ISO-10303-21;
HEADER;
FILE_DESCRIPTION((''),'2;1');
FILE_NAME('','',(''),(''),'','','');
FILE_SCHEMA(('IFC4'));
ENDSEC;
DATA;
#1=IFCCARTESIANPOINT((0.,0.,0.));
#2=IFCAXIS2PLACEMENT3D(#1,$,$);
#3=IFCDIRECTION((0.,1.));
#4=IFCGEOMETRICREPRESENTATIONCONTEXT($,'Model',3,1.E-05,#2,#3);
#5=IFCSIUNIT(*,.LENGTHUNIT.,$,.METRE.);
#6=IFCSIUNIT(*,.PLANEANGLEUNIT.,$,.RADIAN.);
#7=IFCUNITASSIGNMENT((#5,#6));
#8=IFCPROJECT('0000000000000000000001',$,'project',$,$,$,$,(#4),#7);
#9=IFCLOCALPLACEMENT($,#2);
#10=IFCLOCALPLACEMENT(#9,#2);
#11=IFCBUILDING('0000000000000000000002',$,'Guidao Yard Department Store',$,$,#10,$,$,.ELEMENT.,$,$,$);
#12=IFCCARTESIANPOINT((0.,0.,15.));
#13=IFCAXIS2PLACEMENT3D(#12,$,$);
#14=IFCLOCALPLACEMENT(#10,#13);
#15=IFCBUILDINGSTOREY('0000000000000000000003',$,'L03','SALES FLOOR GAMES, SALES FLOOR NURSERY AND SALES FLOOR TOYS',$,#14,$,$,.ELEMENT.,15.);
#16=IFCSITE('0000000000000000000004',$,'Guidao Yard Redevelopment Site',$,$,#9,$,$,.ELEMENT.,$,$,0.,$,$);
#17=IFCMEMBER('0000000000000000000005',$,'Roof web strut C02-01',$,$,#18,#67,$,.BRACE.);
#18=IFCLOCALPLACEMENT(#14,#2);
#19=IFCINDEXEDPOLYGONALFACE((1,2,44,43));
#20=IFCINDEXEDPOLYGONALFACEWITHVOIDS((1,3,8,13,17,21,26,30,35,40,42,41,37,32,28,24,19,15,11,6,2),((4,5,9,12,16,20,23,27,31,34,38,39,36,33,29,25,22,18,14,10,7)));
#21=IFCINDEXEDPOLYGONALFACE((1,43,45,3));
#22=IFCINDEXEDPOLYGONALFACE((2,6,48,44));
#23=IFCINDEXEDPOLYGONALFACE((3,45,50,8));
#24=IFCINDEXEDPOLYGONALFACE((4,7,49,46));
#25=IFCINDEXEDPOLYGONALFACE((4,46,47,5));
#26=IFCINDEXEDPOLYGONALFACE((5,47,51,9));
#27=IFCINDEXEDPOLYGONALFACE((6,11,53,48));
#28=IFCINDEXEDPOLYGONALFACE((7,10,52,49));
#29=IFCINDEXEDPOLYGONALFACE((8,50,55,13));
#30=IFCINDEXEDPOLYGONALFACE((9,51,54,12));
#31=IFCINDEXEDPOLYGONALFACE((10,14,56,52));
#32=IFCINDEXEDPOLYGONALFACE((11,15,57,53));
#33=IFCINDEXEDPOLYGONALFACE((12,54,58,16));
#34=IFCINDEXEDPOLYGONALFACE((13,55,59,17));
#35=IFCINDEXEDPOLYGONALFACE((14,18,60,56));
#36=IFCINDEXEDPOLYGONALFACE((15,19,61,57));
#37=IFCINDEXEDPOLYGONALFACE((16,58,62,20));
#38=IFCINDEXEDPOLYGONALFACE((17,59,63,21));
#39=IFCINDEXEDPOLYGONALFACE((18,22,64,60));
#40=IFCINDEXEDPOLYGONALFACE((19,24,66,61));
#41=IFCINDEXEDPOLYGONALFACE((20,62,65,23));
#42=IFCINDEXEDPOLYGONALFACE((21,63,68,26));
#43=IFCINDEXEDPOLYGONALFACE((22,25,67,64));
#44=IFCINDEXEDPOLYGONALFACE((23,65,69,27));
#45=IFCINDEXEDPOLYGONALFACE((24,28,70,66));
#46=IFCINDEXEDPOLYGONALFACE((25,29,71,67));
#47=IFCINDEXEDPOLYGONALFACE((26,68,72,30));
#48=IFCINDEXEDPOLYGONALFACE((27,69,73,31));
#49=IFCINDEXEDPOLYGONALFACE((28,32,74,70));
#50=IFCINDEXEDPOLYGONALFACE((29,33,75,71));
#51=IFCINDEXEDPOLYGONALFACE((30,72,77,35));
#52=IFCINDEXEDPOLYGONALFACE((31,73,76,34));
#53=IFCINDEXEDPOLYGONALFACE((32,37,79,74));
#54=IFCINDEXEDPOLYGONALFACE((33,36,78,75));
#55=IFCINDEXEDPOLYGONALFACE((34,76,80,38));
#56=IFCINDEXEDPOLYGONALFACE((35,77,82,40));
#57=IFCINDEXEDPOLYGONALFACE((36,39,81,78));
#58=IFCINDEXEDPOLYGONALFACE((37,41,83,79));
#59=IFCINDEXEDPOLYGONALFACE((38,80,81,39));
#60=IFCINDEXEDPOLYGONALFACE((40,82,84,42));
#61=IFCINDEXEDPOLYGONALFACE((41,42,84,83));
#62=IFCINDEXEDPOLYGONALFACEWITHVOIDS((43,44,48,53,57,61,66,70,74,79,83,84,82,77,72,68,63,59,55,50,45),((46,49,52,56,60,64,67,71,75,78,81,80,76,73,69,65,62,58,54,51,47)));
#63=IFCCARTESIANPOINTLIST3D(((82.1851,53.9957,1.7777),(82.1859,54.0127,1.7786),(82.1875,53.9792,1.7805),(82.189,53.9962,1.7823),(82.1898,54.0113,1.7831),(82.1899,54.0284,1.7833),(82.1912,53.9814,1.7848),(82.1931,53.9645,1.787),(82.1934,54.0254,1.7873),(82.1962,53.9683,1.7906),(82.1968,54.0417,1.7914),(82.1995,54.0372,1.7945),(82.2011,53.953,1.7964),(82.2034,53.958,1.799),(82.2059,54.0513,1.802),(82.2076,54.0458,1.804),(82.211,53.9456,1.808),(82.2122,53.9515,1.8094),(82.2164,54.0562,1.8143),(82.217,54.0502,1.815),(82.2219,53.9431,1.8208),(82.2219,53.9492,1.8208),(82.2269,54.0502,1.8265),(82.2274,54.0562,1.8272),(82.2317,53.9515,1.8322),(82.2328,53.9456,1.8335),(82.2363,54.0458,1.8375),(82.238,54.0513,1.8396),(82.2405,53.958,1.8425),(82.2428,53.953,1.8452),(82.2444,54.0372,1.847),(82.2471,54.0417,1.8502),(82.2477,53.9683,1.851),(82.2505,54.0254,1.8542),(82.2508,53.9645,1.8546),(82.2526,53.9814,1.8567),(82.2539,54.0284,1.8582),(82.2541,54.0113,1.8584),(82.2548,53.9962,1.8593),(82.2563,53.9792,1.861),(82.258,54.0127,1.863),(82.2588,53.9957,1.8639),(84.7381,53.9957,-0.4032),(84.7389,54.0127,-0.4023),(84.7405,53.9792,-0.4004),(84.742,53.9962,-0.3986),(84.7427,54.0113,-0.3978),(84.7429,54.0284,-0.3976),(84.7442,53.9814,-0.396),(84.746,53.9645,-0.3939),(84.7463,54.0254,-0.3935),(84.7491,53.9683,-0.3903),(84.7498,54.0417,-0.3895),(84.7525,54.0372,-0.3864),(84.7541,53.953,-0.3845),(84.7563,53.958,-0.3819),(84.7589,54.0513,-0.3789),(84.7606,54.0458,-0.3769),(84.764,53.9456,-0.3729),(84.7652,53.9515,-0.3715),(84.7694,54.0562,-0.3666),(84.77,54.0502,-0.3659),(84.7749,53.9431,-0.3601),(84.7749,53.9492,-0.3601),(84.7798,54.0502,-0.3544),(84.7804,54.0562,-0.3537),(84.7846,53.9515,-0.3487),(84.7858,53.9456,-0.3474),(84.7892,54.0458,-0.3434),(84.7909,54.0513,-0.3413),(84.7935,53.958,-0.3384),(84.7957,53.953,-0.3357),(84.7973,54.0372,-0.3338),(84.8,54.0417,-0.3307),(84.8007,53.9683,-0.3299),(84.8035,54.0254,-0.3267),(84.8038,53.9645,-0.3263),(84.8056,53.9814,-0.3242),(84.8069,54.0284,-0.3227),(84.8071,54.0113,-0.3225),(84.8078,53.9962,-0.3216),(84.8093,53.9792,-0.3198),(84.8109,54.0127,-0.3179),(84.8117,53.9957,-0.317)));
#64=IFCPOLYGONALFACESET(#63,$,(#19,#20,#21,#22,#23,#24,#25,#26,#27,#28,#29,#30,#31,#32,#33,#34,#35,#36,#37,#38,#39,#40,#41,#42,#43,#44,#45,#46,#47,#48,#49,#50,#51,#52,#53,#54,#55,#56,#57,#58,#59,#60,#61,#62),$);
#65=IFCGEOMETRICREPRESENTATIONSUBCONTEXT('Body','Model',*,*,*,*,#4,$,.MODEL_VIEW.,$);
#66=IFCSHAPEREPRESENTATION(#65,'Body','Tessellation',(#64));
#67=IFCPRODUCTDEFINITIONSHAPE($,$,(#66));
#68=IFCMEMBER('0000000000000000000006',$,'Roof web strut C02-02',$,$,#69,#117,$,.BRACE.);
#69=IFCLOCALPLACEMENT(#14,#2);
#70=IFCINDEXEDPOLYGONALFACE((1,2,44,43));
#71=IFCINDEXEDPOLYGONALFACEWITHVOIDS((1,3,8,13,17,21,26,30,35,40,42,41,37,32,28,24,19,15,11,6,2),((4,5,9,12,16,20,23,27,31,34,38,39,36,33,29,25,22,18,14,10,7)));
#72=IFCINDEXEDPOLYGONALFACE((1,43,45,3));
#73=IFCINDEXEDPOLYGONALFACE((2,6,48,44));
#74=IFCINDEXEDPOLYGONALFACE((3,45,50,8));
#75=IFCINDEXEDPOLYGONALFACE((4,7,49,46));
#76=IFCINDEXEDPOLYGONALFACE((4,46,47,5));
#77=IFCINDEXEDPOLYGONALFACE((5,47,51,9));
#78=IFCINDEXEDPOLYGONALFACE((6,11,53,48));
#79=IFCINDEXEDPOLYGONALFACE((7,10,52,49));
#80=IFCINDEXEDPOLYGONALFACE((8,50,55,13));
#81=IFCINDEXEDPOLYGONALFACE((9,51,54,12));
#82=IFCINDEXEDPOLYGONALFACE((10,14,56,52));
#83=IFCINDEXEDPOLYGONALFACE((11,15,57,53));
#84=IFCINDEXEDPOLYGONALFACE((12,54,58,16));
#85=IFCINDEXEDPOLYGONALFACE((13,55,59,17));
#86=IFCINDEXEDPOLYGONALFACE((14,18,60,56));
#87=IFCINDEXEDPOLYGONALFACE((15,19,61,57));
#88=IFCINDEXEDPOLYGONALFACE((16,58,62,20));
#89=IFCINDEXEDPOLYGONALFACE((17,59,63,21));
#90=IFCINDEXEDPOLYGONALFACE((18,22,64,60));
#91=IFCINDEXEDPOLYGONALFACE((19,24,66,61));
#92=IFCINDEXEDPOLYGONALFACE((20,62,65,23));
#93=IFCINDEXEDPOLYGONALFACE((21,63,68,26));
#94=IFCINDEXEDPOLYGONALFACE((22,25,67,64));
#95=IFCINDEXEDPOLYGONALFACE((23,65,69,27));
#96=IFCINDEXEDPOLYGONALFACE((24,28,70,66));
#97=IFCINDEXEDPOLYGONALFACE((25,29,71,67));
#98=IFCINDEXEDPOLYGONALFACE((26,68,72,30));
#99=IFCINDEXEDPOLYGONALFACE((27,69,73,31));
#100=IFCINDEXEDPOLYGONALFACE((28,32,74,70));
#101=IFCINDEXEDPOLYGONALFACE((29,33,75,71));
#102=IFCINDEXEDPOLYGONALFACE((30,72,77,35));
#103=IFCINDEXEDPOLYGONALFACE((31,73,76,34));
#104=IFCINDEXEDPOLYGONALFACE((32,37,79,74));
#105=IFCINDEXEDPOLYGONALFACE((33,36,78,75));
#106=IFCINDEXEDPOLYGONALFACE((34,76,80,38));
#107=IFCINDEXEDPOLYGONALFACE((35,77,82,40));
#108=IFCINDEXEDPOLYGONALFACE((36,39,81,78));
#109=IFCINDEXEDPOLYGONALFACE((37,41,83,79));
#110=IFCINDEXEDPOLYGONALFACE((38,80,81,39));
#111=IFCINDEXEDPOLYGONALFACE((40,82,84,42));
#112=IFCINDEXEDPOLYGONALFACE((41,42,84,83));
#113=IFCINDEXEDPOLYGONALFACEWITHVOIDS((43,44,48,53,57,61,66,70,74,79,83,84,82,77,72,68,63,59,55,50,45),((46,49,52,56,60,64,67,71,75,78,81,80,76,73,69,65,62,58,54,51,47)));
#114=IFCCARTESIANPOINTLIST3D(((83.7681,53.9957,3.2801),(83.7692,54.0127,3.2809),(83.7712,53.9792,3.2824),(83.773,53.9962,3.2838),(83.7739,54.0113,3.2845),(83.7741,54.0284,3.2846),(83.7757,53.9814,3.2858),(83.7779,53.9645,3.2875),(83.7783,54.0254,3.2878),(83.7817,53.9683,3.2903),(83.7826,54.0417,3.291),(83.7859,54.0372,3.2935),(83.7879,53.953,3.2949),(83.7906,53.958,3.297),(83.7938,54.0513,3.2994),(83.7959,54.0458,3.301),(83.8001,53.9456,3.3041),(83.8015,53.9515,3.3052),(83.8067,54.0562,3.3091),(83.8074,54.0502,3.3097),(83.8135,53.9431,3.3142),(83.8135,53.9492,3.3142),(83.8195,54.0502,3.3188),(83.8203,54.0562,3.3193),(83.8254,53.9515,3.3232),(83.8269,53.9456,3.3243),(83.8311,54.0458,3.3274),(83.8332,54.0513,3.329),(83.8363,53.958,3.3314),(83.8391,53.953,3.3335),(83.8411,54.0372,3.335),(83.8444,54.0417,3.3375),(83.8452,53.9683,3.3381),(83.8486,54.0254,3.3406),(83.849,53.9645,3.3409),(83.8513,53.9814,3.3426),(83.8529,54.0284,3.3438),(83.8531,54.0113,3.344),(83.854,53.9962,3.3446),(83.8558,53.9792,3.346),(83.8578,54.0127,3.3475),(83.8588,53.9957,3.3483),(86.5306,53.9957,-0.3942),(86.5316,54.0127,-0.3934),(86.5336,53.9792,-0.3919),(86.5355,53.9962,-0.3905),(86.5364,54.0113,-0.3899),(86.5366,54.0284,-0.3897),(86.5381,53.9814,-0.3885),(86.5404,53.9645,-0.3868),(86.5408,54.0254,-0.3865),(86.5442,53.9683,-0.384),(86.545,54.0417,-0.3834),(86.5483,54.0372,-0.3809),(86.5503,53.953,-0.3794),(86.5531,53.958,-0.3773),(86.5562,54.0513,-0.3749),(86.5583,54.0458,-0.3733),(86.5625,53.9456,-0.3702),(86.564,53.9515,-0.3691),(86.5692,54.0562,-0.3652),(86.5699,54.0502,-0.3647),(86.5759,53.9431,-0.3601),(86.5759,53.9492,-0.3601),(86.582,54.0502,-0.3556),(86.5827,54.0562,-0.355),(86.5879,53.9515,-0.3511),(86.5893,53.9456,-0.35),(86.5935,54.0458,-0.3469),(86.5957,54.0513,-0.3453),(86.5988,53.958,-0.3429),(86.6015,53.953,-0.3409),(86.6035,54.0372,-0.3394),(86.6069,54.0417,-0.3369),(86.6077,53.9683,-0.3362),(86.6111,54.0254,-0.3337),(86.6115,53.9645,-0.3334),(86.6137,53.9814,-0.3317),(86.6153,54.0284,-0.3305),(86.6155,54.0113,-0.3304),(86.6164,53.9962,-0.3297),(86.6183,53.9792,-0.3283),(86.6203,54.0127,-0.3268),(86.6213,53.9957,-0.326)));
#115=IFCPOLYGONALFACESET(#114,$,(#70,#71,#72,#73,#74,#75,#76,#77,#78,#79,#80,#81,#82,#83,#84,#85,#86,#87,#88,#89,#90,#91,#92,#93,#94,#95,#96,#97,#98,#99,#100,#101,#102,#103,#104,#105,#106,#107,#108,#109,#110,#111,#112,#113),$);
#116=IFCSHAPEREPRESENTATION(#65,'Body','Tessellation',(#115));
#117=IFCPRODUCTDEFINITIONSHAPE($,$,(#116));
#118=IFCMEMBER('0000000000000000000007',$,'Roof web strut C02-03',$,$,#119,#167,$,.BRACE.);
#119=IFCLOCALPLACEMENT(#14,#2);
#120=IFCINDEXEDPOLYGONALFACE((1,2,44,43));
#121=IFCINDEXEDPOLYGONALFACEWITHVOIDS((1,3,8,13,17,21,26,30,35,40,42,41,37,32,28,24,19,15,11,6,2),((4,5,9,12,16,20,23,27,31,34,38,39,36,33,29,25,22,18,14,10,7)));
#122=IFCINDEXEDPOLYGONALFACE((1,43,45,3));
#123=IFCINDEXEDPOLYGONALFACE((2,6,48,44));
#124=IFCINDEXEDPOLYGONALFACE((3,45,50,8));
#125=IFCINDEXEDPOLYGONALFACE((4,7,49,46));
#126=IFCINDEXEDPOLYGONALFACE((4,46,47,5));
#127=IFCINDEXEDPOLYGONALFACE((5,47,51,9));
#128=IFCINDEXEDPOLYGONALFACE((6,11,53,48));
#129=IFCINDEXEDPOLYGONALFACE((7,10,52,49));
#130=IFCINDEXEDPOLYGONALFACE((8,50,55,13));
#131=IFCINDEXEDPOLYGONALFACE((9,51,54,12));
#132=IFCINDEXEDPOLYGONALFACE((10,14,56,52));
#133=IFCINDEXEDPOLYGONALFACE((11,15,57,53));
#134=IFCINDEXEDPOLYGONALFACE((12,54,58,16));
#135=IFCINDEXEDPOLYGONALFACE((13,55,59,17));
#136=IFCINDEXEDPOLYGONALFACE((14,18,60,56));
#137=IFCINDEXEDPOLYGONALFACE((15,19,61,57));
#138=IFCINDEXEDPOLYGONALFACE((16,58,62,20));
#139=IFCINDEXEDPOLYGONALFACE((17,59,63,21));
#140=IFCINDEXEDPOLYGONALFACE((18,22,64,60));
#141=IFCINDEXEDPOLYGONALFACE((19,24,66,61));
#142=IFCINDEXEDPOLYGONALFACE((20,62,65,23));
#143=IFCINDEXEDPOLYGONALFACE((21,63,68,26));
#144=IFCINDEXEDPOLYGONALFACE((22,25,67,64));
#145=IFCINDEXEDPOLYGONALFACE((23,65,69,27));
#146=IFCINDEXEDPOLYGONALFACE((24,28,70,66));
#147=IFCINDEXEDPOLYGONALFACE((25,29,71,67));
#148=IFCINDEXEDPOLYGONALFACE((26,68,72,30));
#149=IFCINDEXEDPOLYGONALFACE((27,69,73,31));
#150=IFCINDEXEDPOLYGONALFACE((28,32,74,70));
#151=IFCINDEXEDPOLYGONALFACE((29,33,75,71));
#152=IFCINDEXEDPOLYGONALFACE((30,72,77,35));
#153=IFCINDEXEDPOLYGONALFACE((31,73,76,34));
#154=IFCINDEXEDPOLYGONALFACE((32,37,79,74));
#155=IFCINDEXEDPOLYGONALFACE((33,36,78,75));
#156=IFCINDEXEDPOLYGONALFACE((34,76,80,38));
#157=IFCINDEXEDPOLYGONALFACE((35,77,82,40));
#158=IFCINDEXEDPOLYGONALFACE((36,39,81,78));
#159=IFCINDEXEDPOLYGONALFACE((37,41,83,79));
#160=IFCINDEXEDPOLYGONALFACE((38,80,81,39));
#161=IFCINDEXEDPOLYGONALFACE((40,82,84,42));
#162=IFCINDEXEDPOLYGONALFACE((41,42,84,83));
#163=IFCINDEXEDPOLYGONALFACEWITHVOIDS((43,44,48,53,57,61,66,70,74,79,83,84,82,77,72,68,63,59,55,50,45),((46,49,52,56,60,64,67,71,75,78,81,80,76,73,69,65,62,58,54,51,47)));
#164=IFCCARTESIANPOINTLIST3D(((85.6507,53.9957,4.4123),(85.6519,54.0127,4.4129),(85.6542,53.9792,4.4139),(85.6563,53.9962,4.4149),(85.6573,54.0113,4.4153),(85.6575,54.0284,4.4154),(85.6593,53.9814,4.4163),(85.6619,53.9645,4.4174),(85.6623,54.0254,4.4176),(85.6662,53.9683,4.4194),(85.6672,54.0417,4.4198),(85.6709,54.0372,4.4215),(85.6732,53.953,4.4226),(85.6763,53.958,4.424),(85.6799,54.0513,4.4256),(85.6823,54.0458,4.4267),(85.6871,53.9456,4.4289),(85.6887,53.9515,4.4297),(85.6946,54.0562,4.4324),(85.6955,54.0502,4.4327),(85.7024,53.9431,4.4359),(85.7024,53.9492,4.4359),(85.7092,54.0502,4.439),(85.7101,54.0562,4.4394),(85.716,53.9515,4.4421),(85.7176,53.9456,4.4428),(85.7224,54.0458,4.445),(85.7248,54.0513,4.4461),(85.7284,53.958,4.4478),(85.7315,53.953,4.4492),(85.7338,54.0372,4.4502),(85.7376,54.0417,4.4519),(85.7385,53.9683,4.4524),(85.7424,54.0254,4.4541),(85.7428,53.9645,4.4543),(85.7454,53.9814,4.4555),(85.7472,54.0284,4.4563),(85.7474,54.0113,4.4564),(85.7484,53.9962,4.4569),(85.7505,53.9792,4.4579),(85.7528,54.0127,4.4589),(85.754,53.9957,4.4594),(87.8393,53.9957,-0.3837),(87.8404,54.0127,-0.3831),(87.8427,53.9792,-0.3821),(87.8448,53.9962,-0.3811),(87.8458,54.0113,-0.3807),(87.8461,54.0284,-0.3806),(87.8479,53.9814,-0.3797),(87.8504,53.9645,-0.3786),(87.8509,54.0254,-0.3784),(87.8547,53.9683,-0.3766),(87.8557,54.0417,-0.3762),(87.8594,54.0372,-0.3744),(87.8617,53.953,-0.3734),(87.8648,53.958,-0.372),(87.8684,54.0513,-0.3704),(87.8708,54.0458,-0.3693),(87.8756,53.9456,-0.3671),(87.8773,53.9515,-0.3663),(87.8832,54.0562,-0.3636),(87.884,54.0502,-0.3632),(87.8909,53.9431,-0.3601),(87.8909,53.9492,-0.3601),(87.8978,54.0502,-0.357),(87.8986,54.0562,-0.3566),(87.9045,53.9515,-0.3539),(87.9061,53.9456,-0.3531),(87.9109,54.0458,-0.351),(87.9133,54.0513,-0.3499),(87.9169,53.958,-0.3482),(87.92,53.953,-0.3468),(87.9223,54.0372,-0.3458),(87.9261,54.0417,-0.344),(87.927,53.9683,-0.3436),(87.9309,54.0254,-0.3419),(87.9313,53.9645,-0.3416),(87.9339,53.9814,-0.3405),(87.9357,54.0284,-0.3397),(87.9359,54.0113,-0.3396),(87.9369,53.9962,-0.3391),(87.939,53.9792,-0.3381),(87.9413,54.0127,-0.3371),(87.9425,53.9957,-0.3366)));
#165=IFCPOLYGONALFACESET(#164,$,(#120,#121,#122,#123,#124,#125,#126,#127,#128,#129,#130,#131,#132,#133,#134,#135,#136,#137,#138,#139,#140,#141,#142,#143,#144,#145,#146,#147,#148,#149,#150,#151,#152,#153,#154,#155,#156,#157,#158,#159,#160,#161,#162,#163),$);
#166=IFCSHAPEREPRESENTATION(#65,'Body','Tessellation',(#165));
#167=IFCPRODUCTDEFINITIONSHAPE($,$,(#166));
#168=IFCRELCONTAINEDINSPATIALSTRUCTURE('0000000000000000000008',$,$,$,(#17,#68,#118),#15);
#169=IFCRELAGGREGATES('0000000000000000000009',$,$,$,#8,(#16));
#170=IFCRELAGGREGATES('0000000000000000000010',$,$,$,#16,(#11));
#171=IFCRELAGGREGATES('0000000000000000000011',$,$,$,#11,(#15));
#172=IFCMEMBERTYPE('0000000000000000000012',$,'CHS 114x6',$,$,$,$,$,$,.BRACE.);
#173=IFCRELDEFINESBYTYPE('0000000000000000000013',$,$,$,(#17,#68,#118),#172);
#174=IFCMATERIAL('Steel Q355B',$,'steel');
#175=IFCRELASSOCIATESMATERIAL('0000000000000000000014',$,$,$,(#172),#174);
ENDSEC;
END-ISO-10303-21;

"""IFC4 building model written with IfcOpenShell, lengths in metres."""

from ifc_helpers import new_model, si_unit, direction, frame, origin, origin_2d, place, context, subcontext, project, spatial, hollow_circle, extrude, material, material_profile, profile_set, type_object, element, save


model = new_model("IFC4")

# Units and contexts
model_context = context("Model", 3, precision=1e-05, world=origin(), true_north=direction((0.0, 1.0)))
body_context = subcontext(model_context, "Body", "Model", "MODEL_VIEW")
ifc_project = project(units=[si_unit("LENGTHUNIT", "METRE"), si_unit("PLANEANGLEUNIT", "RADIAN")], contexts=[model_context])

# Site, building, storey
site_placement = place(None, origin())
site = spatial("IfcSite", under=ifc_project, at=site_placement, Name="Guidao Yard Redevelopment Site", CompositionType="ELEMENT", RefElevation=0.0)
building_placement = place(site_placement, origin())
building = spatial("IfcBuilding", under=site, at=building_placement, Name="Guidao Yard Department Store", CompositionType="ELEMENT")
storey_placement = place(building_placement, frame((0.0, 0.0, 15.0)))
storey = spatial("IfcBuildingStorey", under=building, at=storey_placement, Name="L03", Description="SALES FLOOR GAMES, SALES FLOOR NURSERY AND SALES FLOOR TOYS", CompositionType="ELEMENT", Elevation=15.0)

# Members
ifc_material_1 = material(Name="Steel Q355B", Category="steel")
ifc_material_profile_1 = material_profile(ifc_material_1, hollow_circle(Radius=0.0569, WallThickness=0.0061, at=origin_2d()), Name="CHS 114x6")
ifc_profile_set_1 = profile_set([ifc_material_profile_1], Name="Steel Q355B")
member_type_1 = type_object("IfcMemberType", Name="CHS 114x6", PredefinedType="BRACE", material=ifc_profile_set_1)
member_1_placement = place(storey_placement, frame((84.7749, 54.0, -0.3601), z_axis=(-0.760339, 0.0, 0.649527), x_axis=(0.0, -1.0, 0.0)))
element("IfcMember", 1, at=member_1_placement, inside=storey, type_object=member_type_1, Name="Roof web strut C02-01", PredefinedType="BRACE", context=body_context, shape_type="SweptSolid", body=[
    extrude(hollow_circle(Radius=0.0569, WallThickness=0.0061, at=origin_2d()), origin(), (0.0, 0.0, 1.0), 3.3577),
])
member_2_placement = place(storey_placement, frame((86.5759, 54.0, -0.3601), z_axis=(-0.600934, 0.0, 0.799298), x_axis=(0.0, -1.0, 0.0)))
element("IfcMember", 2, at=member_2_placement, inside=storey, type_object=member_type_1, Name="Roof web strut C02-02", PredefinedType="BRACE", context=body_context, shape_type="SweptSolid", body=[
    extrude(hollow_circle(Radius=0.0569, WallThickness=0.0061, at=origin_2d()), origin(), (0.0, 0.0, 1.0), 4.5969),
])
member_3_placement = place(storey_placement, frame((87.8909, 54.0, -0.3601), z_axis=(-0.415142, 0.0, 0.909756), x_axis=(0.0, -1.0, 0.0)))
element("IfcMember", 3, at=member_3_placement, inside=storey, type_object=member_type_1, Name="Roof web strut C02-03", PredefinedType="BRACE", context=body_context, shape_type="SweptSolid", body=[
    extrude(hollow_circle(Radius=0.0569, WallThickness=0.0061, at=origin_2d()), origin(), (0.0, 0.0, 1.0), 5.2717),
])

save(model, "model.ifc")
